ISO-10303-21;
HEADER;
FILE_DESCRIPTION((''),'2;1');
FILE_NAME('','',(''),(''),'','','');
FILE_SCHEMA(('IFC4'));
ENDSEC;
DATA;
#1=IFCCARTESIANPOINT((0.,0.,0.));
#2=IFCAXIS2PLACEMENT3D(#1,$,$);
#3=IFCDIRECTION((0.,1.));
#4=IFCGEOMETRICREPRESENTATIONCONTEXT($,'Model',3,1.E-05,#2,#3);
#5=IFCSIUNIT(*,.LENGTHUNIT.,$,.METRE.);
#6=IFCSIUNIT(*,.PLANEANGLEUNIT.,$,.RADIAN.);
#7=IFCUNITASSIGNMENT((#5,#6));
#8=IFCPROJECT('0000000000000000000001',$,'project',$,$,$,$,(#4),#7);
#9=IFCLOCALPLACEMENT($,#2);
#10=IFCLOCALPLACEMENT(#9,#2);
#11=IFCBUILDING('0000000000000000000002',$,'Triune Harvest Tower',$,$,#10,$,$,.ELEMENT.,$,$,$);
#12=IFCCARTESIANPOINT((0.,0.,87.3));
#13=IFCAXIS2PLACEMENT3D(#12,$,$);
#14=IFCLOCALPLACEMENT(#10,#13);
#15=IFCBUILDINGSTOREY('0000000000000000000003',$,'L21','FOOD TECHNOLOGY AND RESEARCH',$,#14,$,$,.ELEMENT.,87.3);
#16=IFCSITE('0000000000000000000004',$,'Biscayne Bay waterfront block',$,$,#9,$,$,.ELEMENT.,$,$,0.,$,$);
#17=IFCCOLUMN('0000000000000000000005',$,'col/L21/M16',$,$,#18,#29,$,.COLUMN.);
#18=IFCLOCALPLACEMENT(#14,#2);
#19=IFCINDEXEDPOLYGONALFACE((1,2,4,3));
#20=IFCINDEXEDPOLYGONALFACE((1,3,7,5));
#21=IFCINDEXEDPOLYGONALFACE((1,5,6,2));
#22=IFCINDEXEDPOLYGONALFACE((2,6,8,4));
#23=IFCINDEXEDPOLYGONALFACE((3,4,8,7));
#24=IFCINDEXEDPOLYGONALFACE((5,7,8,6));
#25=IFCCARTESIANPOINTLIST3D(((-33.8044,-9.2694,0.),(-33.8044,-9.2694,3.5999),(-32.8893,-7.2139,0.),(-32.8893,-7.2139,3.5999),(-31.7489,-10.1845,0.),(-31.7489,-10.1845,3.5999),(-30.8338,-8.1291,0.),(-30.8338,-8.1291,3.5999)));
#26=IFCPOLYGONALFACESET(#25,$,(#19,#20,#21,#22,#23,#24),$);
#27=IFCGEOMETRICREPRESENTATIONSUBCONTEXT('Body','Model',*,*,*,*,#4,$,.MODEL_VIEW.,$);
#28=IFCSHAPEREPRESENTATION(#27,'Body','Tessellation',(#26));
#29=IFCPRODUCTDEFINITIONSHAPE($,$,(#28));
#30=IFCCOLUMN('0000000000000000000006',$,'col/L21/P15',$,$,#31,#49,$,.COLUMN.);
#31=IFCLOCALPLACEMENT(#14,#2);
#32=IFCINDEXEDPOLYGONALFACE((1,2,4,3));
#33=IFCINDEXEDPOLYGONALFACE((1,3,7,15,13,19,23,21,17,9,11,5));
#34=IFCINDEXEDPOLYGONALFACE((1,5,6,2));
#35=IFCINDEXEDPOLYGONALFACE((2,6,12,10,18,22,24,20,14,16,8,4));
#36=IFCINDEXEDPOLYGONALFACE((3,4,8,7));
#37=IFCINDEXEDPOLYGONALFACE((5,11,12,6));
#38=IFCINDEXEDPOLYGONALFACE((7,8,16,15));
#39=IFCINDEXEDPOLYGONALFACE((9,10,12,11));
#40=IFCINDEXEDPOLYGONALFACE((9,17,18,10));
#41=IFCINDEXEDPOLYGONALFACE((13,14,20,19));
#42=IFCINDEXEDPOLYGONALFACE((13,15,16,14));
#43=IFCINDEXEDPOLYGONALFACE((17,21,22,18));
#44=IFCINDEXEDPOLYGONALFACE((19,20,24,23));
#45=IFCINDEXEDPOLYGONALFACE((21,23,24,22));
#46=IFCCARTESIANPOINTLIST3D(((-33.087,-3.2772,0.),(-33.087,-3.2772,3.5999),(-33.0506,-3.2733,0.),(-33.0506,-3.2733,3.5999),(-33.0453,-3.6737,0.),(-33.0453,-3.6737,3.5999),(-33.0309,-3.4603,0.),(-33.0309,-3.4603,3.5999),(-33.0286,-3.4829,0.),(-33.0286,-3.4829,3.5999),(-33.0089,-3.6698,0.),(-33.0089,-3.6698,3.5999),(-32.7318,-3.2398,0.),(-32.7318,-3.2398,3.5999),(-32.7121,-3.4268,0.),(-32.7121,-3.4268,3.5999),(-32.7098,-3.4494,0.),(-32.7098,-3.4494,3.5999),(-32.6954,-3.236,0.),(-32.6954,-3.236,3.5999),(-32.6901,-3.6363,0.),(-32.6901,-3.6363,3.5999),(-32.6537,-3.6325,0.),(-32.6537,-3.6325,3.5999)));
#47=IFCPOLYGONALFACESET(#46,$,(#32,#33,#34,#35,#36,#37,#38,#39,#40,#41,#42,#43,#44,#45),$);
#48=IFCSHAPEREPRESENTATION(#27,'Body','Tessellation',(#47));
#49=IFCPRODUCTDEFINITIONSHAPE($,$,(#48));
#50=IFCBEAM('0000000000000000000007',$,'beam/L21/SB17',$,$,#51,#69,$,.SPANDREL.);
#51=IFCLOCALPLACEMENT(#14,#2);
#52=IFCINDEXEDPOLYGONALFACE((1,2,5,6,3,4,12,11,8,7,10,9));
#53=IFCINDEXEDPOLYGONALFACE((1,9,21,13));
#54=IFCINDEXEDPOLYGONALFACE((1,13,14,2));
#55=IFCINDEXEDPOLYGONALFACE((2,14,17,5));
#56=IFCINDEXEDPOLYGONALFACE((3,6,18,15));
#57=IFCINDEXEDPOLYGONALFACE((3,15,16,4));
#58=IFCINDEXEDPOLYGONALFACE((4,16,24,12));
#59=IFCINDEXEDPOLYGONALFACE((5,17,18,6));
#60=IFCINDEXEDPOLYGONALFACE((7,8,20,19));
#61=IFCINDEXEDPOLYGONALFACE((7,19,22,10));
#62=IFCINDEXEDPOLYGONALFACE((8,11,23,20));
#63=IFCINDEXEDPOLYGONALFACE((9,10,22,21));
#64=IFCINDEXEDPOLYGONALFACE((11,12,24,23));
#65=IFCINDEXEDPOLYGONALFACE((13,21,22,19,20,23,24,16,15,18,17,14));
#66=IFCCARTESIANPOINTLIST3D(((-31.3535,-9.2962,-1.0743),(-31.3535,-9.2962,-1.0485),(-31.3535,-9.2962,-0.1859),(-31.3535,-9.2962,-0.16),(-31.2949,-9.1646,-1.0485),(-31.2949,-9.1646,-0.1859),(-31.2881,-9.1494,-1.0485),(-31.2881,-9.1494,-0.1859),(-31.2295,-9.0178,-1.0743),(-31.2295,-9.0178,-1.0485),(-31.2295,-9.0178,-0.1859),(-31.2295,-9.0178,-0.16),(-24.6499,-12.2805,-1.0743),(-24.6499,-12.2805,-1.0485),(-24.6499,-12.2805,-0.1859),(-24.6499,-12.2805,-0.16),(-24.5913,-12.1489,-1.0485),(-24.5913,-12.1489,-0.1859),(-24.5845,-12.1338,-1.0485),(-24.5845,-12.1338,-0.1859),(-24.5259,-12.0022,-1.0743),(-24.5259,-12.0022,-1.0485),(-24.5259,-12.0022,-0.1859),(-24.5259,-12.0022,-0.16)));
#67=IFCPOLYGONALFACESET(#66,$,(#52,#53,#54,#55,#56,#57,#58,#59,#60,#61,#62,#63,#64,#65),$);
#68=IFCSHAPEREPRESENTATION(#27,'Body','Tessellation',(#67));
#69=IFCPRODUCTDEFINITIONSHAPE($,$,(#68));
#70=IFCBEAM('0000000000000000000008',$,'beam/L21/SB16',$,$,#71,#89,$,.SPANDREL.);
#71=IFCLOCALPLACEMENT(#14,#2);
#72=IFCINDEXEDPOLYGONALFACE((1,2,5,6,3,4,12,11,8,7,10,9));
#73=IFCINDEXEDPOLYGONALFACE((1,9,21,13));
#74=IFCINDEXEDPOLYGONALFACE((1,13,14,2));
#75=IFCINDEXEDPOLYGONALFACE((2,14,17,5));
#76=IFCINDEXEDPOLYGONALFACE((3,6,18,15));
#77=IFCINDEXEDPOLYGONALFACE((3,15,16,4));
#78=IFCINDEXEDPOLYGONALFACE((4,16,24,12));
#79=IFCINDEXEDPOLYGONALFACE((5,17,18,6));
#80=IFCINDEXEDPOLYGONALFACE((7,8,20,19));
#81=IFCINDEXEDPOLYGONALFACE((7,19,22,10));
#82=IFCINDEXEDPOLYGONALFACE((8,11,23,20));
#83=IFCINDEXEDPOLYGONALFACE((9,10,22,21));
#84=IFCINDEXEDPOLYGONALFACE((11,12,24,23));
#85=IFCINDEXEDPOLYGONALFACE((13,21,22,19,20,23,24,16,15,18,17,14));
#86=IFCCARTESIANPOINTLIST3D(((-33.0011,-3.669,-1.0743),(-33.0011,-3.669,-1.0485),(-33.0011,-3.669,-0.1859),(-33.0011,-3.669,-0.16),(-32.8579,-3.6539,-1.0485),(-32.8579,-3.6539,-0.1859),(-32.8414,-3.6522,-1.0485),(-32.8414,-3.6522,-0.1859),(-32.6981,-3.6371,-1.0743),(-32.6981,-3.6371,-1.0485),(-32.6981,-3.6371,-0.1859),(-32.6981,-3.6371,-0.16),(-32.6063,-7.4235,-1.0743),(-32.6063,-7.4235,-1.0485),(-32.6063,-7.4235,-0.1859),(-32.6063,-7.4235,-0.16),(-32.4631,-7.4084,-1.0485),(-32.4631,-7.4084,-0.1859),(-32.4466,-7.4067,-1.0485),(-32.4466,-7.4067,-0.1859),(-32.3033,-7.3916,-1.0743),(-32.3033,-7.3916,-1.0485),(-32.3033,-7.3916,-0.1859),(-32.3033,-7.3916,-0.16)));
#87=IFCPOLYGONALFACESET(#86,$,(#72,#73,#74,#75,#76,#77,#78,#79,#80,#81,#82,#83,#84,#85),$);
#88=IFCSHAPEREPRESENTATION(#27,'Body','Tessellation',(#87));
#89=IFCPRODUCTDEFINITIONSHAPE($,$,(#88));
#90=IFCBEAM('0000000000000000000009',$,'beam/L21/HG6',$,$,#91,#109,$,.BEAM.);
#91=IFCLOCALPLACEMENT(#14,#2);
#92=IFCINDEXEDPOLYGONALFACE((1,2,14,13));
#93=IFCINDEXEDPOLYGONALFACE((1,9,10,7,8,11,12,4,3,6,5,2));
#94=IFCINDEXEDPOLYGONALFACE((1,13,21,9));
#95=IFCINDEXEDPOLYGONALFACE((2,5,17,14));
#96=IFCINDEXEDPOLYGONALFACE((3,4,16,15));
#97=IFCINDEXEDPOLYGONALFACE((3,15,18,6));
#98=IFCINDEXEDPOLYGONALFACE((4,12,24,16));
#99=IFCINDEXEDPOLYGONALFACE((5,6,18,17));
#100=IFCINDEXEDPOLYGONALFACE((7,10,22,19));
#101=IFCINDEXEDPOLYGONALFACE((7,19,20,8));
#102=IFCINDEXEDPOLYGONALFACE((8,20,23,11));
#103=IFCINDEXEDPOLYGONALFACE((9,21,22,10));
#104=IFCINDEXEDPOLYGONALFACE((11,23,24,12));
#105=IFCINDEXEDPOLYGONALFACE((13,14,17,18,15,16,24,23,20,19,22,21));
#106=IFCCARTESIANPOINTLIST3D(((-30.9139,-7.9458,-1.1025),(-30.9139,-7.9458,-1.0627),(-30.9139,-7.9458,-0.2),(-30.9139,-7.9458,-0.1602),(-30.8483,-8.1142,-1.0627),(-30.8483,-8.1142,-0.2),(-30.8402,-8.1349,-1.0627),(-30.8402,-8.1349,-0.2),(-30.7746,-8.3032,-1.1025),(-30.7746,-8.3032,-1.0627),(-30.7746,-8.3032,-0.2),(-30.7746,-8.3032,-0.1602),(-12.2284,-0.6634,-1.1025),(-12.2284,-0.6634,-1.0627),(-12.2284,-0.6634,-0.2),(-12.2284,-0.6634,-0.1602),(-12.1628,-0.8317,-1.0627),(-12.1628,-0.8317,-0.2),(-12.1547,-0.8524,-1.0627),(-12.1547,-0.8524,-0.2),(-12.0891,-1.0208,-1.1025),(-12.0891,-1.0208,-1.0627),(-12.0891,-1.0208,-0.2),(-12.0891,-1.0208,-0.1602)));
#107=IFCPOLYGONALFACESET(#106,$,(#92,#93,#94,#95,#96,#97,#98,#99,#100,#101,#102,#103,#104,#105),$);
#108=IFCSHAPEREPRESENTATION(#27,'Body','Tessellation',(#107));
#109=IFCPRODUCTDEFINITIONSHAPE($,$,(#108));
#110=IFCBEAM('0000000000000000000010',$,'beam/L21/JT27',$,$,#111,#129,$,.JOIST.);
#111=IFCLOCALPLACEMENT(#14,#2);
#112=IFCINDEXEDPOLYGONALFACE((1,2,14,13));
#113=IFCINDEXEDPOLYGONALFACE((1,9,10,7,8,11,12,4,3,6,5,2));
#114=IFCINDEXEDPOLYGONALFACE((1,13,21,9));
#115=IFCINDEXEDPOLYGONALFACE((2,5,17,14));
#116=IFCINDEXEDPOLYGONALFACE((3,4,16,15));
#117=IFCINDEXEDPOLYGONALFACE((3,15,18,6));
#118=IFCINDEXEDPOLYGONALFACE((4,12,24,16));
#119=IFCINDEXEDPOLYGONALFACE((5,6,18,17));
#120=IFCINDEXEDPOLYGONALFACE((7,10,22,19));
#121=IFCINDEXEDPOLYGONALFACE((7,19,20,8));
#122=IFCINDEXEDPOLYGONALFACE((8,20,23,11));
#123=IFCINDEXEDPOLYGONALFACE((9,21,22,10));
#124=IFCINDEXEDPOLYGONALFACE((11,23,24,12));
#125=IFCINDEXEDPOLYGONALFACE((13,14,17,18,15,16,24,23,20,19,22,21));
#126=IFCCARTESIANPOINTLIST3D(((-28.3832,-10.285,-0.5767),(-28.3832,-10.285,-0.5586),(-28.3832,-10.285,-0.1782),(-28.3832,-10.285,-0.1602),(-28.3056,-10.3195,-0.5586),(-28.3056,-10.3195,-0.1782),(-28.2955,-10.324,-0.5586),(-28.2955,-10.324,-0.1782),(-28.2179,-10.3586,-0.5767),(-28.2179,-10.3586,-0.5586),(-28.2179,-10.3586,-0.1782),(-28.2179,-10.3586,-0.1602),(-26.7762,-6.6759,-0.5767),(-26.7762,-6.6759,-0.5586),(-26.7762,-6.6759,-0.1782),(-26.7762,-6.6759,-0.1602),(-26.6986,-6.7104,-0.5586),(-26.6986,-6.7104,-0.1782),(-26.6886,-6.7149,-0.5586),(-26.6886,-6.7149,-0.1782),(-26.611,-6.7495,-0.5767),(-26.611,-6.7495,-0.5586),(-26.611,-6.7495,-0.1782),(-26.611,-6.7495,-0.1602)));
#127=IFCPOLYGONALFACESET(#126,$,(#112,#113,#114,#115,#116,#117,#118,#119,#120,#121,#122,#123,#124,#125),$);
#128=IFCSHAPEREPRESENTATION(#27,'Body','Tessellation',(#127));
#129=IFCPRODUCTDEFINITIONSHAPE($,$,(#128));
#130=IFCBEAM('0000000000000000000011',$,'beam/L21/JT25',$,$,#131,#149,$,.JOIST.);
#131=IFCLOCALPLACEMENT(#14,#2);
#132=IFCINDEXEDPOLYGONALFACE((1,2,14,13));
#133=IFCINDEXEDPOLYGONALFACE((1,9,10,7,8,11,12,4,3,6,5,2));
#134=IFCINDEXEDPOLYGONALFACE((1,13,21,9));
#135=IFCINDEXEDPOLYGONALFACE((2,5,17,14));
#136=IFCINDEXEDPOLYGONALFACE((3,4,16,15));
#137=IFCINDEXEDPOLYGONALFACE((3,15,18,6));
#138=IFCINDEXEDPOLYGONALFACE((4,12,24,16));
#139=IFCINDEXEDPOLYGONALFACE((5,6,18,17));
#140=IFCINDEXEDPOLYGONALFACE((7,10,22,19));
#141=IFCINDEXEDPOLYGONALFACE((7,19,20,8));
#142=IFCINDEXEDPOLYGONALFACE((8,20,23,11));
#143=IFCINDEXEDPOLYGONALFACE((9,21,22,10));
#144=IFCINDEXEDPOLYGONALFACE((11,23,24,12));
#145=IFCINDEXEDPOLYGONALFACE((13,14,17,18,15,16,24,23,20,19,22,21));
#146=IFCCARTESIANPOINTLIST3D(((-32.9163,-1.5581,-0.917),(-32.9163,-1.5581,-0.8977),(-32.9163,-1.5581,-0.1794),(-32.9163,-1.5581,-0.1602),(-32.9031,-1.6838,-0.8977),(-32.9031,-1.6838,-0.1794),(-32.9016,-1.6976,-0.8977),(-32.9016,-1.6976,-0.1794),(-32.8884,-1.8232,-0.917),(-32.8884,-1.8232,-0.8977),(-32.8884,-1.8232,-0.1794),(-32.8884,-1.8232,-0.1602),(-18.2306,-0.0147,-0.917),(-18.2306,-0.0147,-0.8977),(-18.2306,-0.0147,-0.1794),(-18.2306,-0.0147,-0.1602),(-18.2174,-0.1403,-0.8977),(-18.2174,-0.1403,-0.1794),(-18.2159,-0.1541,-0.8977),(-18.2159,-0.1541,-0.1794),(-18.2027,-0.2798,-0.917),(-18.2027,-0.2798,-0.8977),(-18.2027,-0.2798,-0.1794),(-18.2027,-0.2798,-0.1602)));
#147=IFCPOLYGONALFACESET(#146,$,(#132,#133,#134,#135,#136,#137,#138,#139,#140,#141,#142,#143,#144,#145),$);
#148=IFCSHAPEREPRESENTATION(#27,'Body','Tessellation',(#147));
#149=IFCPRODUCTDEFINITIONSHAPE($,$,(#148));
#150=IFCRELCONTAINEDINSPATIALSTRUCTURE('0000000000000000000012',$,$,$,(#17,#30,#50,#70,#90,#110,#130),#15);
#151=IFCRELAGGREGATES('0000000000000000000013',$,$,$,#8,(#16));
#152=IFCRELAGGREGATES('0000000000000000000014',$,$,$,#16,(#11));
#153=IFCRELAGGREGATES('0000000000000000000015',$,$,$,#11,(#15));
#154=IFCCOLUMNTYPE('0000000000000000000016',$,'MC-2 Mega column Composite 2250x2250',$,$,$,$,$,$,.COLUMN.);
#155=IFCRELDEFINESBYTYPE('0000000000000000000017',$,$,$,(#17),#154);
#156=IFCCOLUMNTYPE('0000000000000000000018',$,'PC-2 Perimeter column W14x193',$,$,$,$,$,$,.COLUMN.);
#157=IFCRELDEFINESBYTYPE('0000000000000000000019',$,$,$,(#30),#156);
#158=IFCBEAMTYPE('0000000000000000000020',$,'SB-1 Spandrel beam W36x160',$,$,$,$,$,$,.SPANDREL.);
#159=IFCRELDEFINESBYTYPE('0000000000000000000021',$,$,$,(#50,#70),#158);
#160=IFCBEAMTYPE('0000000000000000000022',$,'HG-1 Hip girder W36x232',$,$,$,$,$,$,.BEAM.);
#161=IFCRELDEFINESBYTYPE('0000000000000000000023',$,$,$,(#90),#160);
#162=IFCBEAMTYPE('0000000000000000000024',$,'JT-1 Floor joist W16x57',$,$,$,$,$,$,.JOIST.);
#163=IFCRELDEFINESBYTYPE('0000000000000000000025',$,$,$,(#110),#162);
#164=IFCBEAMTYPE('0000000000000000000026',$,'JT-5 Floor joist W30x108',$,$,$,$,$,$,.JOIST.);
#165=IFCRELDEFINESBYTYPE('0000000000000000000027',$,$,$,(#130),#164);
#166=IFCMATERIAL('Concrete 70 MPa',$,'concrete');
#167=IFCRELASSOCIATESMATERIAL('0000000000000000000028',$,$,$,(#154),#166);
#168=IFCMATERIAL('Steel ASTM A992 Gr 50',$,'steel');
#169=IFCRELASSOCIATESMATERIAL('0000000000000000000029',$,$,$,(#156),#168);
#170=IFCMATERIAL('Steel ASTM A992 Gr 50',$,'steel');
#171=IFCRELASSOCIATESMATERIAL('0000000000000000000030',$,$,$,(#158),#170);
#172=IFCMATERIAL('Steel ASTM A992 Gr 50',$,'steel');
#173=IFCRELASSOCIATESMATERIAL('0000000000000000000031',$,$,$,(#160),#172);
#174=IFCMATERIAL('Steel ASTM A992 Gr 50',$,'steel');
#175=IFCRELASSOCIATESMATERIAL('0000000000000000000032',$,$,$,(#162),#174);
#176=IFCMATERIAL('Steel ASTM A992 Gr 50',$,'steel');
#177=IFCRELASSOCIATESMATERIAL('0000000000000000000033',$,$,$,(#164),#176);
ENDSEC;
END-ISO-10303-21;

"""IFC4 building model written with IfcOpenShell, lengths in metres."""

from ifc_helpers import new_model, si_unit, direction, frame, origin, origin_2d, place, context, subcontext, project, spatial, rectangle, i_section, extrude, source, transform, mapped, material, material_profile, profile_set, type_object, element, save


model = new_model("IFC4")

# Units and contexts
model_context = context("Model", 3, precision=1e-05, world=origin(), true_north=direction((0.0, 1.0)))
body_context = subcontext(model_context, "Body", "Model", "MODEL_VIEW")
ifc_project = project(units=[si_unit("LENGTHUNIT", "METRE"), si_unit("PLANEANGLEUNIT", "RADIAN")], contexts=[model_context])

# Site, building, storey
site_placement = place(None, origin())
site = spatial("IfcSite", under=ifc_project, at=site_placement, Name="Biscayne Bay waterfront block", CompositionType="ELEMENT", RefElevation=0.0)
building_placement = place(site_placement, origin())
building = spatial("IfcBuilding", under=site, at=building_placement, Name="Triune Harvest Tower", CompositionType="ELEMENT")
storey_placement = place(building_placement, frame((0.0, 0.0, 87.3)))
storey = spatial("IfcBuildingStorey", under=building, at=storey_placement, Name="L21", Description="FOOD TECHNOLOGY AND RESEARCH", CompositionType="ELEMENT", Elevation=87.3)

# Columns
ifc_material_1 = material(Name="Concrete 70 MPa", Category="concrete")
ifc_material_profile_1 = material_profile(ifc_material_1, rectangle(XDim=2.25, YDim=2.25, at=origin_2d()), Name="Composite 2250x2250")
ifc_profile_set_1 = profile_set([ifc_material_profile_1], Name="Concrete 70 MPa")
column_type_1 = type_object("IfcColumnType", Name="MC-2 Mega column Composite 2250x2250", PredefinedType="COLUMN", material=ifc_profile_set_1)
shared_shape_1 = source(origin(), body_context, "Body", "SweptSolid", [
    extrude(rectangle(XDim=2.25, YDim=2.25, at=origin_2d()), origin(), (0.0, 0.0, 1.0), 3.5999),
])
column_1_placement = place(storey_placement, frame((-32.3191, -8.6992, 0.0), z_axis=(0.0, 0.0, 1.0), x_axis=(0.913545, -0.406737, 0.0)))
element("IfcColumn", 1, at=column_1_placement, inside=storey, type_object=column_type_1, Name="col/L21/M16", PredefinedType="COLUMN", context=body_context, shape_type="MappedRepresentation", body=[
    mapped(shared_shape_1, transform((0.0, 0.0, 0.0), scale=1.0)),
])
ifc_material_2 = material(Name="Steel ASTM A992 Gr 50", Category="steel")
ifc_material_profile_2 = material_profile(ifc_material_2, i_section(OverallWidth=0.3987, OverallDepth=0.3938, WebThickness=0.0227, FlangeThickness=0.0366, at=origin_2d()), Name="W14x193")
ifc_profile_set_2 = profile_set([ifc_material_profile_2], Name="Steel ASTM A992 Gr 50")
column_type_2 = type_object("IfcColumnType", Name="PC-2 Perimeter column W14x193", PredefinedType="COLUMN", material=ifc_profile_set_2)
shared_shape_2 = source(origin(), body_context, "Body", "SweptSolid", [
    extrude(i_section(OverallWidth=0.3987, OverallDepth=0.3938, WebThickness=0.0227, FlangeThickness=0.0366, at=origin_2d()), origin(), (0.0, 0.0, 1.0), 3.5999),
])
column_2_placement = place(storey_placement, frame((-32.8704, -3.4548, 0.0), z_axis=(0.0, 0.0, 1.0), x_axis=(0.104528, -0.994522, 0.0)))
element("IfcColumn", 2, at=column_2_placement, inside=storey, type_object=column_type_2, Name="col/L21/P15", PredefinedType="COLUMN", context=body_context, shape_type="MappedRepresentation", body=[
    mapped(shared_shape_2, transform((0.0, 0.0, 0.0), scale=1.0)),
])

# Beams
ifc_material_3 = material(Name="Steel ASTM A992 Gr 50", Category="steel")
ifc_material_profile_3 = material_profile(ifc_material_3, i_section(OverallWidth=0.3047, OverallDepth=0.9143, WebThickness=0.0166, FlangeThickness=0.0259, at=origin_2d()), Name="W36x160")
ifc_profile_set_3 = profile_set([ifc_material_profile_3], Name="Steel ASTM A992 Gr 50")
beam_type_1 = type_object("IfcBeamType", Name="SB-1 Spandrel beam W36x160", PredefinedType="SPANDREL", material=ifc_profile_set_3)
shared_shape_3 = source(origin(), body_context, "Body", "SweptSolid", [
    extrude(i_section(OverallWidth=0.3047, OverallDepth=0.9143, WebThickness=0.0166, FlangeThickness=0.0259, at=origin_2d()), origin(), (0.0, 0.0, 1.0), 7.3379),
])
beam_1_placement = place(storey_placement, frame((-31.2915, -9.157, -0.6172), z_axis=(0.913559, -0.406706, 0.0), x_axis=(0.406706, 0.913559, 0.0)))
element("IfcBeam", 3, at=beam_1_placement, inside=storey, type_object=beam_type_1, Name="beam/L21/SB17", PredefinedType="SPANDREL", context=body_context, shape_type="MappedRepresentation", body=[
    mapped(shared_shape_3, transform((0.0, 0.0, 0.0), scale=1.0)),
])
shared_shape_4 = source(origin(), body_context, "Body", "SweptSolid", [
    extrude(i_section(OverallWidth=0.3047, OverallDepth=0.9143, WebThickness=0.0166, FlangeThickness=0.0259, at=origin_2d()), origin(), (0.0, 0.0, 1.0), 3.7751),
])
beam_2_placement = place(storey_placement, frame((-32.8496, -3.6531, -0.6172), z_axis=(0.104574, -0.994517, 0.0), x_axis=(0.994517, 0.104574, 0.0)))
element("IfcBeam", 4, at=beam_2_placement, inside=storey, type_object=beam_type_1, Name="beam/L21/SB16", PredefinedType="SPANDREL", context=body_context, shape_type="MappedRepresentation", body=[
    mapped(shared_shape_4, transform((0.0, 0.0, 0.0), scale=1.0)),
])
ifc_material_4 = material(Name="Steel ASTM A992 Gr 50", Category="steel")
ifc_material_profile_4 = material_profile(ifc_material_4, i_section(OverallWidth=0.3835, OverallDepth=0.9424, WebThickness=0.0222, FlangeThickness=0.0398, at=origin_2d()), Name="W36x232")
ifc_profile_set_4 = profile_set([ifc_material_profile_4], Name="Steel ASTM A992 Gr 50")
beam_type_2 = type_object("IfcBeamType", Name="HG-1 Hip girder W36x232", PredefinedType="BEAM", material=ifc_profile_set_4)
shared_shape_5 = source(origin(), body_context, "Body", "SweptSolid", [
    extrude(i_section(OverallWidth=0.3835, OverallDepth=0.9424, WebThickness=0.0222, FlangeThickness=0.0398, at=origin_2d()), origin(), (0.0, 0.0, 1.0), 20.0544),
])
beam_3_placement = place(storey_placement, frame((-30.8442, -8.1245, -0.6313), z_axis=(0.931737, 0.363134, 0.0), x_axis=(-0.363134, 0.931737, 0.0)))
element("IfcBeam", 5, at=beam_3_placement, inside=storey, type_object=beam_type_2, Name="beam/L21/HG6", PredefinedType="BEAM", context=body_context, shape_type="MappedRepresentation", body=[
    mapped(shared_shape_5, transform((0.0, 0.0, 0.0), scale=1.0)),
])
ifc_material_5 = material(Name="Steel ASTM A992 Gr 50", Category="steel")
ifc_material_profile_5 = material_profile(ifc_material_5, i_section(OverallWidth=0.1809, OverallDepth=0.4165, WebThickness=0.011, FlangeThickness=0.0181, at=origin_2d()), Name="W16x57")
ifc_profile_set_5 = profile_set([ifc_material_profile_5], Name="Steel ASTM A992 Gr 50")
beam_type_3 = type_object("IfcBeamType", Name="JT-1 Floor joist W16x57", PredefinedType="JOIST", material=ifc_profile_set_5)
shared_shape_6 = source(origin(), body_context, "Body", "SweptSolid", [
    extrude(i_section(OverallWidth=0.1809, OverallDepth=0.4165, WebThickness=0.011, FlangeThickness=0.0181, at=origin_2d()), origin(), (0.0, 0.0, 1.0), 3.9507),
])
beam_4_placement = place(storey_placement, frame((-28.3005, -10.3218, -0.3684), z_axis=(0.406746, 0.913541, 0.0), x_axis=(-0.913541, 0.406746, 0.0)))
element("IfcBeam", 6, at=beam_4_placement, inside=storey, type_object=beam_type_3, Name="beam/L21/JT27", PredefinedType="JOIST", context=body_context, shape_type="MappedRepresentation", body=[
    mapped(shared_shape_6, transform((0.0, 0.0, 0.0), scale=1.0)),
])
ifc_material_6 = material(Name="Steel ASTM A992 Gr 50", Category="steel")
ifc_material_profile_6 = material_profile(ifc_material_6, i_section(OverallWidth=0.2666, OverallDepth=0.7568, WebThickness=0.0139, FlangeThickness=0.0193, at=origin_2d()), Name="W30x108")
ifc_profile_set_6 = profile_set([ifc_material_profile_6], Name="Steel ASTM A992 Gr 50")
beam_type_4 = type_object("IfcBeamType", Name="JT-5 Floor joist W30x108", PredefinedType="JOIST", material=ifc_profile_set_6)
shared_shape_7 = source(origin(), body_context, "Body", "SweptSolid", [
    extrude(i_section(OverallWidth=0.2666, OverallDepth=0.7568, WebThickness=0.0139, FlangeThickness=0.0193, at=origin_2d()), origin(), (0.0, 0.0, 1.0), 14.7666),
])
beam_5_placement = place(storey_placement, frame((-32.9023, -1.6907, -0.5386), z_axis=(0.994522, 0.104523, 0.0), x_axis=(-0.104523, 0.994522, 0.0)))
element("IfcBeam", 7, at=beam_5_placement, inside=storey, type_object=beam_type_4, Name="beam/L21/JT25", PredefinedType="JOIST", context=body_context, shape_type="MappedRepresentation", body=[
    mapped(shared_shape_7, transform((0.0, 0.0, 0.0), scale=1.0)),
])

save(model, "model.ifc")
